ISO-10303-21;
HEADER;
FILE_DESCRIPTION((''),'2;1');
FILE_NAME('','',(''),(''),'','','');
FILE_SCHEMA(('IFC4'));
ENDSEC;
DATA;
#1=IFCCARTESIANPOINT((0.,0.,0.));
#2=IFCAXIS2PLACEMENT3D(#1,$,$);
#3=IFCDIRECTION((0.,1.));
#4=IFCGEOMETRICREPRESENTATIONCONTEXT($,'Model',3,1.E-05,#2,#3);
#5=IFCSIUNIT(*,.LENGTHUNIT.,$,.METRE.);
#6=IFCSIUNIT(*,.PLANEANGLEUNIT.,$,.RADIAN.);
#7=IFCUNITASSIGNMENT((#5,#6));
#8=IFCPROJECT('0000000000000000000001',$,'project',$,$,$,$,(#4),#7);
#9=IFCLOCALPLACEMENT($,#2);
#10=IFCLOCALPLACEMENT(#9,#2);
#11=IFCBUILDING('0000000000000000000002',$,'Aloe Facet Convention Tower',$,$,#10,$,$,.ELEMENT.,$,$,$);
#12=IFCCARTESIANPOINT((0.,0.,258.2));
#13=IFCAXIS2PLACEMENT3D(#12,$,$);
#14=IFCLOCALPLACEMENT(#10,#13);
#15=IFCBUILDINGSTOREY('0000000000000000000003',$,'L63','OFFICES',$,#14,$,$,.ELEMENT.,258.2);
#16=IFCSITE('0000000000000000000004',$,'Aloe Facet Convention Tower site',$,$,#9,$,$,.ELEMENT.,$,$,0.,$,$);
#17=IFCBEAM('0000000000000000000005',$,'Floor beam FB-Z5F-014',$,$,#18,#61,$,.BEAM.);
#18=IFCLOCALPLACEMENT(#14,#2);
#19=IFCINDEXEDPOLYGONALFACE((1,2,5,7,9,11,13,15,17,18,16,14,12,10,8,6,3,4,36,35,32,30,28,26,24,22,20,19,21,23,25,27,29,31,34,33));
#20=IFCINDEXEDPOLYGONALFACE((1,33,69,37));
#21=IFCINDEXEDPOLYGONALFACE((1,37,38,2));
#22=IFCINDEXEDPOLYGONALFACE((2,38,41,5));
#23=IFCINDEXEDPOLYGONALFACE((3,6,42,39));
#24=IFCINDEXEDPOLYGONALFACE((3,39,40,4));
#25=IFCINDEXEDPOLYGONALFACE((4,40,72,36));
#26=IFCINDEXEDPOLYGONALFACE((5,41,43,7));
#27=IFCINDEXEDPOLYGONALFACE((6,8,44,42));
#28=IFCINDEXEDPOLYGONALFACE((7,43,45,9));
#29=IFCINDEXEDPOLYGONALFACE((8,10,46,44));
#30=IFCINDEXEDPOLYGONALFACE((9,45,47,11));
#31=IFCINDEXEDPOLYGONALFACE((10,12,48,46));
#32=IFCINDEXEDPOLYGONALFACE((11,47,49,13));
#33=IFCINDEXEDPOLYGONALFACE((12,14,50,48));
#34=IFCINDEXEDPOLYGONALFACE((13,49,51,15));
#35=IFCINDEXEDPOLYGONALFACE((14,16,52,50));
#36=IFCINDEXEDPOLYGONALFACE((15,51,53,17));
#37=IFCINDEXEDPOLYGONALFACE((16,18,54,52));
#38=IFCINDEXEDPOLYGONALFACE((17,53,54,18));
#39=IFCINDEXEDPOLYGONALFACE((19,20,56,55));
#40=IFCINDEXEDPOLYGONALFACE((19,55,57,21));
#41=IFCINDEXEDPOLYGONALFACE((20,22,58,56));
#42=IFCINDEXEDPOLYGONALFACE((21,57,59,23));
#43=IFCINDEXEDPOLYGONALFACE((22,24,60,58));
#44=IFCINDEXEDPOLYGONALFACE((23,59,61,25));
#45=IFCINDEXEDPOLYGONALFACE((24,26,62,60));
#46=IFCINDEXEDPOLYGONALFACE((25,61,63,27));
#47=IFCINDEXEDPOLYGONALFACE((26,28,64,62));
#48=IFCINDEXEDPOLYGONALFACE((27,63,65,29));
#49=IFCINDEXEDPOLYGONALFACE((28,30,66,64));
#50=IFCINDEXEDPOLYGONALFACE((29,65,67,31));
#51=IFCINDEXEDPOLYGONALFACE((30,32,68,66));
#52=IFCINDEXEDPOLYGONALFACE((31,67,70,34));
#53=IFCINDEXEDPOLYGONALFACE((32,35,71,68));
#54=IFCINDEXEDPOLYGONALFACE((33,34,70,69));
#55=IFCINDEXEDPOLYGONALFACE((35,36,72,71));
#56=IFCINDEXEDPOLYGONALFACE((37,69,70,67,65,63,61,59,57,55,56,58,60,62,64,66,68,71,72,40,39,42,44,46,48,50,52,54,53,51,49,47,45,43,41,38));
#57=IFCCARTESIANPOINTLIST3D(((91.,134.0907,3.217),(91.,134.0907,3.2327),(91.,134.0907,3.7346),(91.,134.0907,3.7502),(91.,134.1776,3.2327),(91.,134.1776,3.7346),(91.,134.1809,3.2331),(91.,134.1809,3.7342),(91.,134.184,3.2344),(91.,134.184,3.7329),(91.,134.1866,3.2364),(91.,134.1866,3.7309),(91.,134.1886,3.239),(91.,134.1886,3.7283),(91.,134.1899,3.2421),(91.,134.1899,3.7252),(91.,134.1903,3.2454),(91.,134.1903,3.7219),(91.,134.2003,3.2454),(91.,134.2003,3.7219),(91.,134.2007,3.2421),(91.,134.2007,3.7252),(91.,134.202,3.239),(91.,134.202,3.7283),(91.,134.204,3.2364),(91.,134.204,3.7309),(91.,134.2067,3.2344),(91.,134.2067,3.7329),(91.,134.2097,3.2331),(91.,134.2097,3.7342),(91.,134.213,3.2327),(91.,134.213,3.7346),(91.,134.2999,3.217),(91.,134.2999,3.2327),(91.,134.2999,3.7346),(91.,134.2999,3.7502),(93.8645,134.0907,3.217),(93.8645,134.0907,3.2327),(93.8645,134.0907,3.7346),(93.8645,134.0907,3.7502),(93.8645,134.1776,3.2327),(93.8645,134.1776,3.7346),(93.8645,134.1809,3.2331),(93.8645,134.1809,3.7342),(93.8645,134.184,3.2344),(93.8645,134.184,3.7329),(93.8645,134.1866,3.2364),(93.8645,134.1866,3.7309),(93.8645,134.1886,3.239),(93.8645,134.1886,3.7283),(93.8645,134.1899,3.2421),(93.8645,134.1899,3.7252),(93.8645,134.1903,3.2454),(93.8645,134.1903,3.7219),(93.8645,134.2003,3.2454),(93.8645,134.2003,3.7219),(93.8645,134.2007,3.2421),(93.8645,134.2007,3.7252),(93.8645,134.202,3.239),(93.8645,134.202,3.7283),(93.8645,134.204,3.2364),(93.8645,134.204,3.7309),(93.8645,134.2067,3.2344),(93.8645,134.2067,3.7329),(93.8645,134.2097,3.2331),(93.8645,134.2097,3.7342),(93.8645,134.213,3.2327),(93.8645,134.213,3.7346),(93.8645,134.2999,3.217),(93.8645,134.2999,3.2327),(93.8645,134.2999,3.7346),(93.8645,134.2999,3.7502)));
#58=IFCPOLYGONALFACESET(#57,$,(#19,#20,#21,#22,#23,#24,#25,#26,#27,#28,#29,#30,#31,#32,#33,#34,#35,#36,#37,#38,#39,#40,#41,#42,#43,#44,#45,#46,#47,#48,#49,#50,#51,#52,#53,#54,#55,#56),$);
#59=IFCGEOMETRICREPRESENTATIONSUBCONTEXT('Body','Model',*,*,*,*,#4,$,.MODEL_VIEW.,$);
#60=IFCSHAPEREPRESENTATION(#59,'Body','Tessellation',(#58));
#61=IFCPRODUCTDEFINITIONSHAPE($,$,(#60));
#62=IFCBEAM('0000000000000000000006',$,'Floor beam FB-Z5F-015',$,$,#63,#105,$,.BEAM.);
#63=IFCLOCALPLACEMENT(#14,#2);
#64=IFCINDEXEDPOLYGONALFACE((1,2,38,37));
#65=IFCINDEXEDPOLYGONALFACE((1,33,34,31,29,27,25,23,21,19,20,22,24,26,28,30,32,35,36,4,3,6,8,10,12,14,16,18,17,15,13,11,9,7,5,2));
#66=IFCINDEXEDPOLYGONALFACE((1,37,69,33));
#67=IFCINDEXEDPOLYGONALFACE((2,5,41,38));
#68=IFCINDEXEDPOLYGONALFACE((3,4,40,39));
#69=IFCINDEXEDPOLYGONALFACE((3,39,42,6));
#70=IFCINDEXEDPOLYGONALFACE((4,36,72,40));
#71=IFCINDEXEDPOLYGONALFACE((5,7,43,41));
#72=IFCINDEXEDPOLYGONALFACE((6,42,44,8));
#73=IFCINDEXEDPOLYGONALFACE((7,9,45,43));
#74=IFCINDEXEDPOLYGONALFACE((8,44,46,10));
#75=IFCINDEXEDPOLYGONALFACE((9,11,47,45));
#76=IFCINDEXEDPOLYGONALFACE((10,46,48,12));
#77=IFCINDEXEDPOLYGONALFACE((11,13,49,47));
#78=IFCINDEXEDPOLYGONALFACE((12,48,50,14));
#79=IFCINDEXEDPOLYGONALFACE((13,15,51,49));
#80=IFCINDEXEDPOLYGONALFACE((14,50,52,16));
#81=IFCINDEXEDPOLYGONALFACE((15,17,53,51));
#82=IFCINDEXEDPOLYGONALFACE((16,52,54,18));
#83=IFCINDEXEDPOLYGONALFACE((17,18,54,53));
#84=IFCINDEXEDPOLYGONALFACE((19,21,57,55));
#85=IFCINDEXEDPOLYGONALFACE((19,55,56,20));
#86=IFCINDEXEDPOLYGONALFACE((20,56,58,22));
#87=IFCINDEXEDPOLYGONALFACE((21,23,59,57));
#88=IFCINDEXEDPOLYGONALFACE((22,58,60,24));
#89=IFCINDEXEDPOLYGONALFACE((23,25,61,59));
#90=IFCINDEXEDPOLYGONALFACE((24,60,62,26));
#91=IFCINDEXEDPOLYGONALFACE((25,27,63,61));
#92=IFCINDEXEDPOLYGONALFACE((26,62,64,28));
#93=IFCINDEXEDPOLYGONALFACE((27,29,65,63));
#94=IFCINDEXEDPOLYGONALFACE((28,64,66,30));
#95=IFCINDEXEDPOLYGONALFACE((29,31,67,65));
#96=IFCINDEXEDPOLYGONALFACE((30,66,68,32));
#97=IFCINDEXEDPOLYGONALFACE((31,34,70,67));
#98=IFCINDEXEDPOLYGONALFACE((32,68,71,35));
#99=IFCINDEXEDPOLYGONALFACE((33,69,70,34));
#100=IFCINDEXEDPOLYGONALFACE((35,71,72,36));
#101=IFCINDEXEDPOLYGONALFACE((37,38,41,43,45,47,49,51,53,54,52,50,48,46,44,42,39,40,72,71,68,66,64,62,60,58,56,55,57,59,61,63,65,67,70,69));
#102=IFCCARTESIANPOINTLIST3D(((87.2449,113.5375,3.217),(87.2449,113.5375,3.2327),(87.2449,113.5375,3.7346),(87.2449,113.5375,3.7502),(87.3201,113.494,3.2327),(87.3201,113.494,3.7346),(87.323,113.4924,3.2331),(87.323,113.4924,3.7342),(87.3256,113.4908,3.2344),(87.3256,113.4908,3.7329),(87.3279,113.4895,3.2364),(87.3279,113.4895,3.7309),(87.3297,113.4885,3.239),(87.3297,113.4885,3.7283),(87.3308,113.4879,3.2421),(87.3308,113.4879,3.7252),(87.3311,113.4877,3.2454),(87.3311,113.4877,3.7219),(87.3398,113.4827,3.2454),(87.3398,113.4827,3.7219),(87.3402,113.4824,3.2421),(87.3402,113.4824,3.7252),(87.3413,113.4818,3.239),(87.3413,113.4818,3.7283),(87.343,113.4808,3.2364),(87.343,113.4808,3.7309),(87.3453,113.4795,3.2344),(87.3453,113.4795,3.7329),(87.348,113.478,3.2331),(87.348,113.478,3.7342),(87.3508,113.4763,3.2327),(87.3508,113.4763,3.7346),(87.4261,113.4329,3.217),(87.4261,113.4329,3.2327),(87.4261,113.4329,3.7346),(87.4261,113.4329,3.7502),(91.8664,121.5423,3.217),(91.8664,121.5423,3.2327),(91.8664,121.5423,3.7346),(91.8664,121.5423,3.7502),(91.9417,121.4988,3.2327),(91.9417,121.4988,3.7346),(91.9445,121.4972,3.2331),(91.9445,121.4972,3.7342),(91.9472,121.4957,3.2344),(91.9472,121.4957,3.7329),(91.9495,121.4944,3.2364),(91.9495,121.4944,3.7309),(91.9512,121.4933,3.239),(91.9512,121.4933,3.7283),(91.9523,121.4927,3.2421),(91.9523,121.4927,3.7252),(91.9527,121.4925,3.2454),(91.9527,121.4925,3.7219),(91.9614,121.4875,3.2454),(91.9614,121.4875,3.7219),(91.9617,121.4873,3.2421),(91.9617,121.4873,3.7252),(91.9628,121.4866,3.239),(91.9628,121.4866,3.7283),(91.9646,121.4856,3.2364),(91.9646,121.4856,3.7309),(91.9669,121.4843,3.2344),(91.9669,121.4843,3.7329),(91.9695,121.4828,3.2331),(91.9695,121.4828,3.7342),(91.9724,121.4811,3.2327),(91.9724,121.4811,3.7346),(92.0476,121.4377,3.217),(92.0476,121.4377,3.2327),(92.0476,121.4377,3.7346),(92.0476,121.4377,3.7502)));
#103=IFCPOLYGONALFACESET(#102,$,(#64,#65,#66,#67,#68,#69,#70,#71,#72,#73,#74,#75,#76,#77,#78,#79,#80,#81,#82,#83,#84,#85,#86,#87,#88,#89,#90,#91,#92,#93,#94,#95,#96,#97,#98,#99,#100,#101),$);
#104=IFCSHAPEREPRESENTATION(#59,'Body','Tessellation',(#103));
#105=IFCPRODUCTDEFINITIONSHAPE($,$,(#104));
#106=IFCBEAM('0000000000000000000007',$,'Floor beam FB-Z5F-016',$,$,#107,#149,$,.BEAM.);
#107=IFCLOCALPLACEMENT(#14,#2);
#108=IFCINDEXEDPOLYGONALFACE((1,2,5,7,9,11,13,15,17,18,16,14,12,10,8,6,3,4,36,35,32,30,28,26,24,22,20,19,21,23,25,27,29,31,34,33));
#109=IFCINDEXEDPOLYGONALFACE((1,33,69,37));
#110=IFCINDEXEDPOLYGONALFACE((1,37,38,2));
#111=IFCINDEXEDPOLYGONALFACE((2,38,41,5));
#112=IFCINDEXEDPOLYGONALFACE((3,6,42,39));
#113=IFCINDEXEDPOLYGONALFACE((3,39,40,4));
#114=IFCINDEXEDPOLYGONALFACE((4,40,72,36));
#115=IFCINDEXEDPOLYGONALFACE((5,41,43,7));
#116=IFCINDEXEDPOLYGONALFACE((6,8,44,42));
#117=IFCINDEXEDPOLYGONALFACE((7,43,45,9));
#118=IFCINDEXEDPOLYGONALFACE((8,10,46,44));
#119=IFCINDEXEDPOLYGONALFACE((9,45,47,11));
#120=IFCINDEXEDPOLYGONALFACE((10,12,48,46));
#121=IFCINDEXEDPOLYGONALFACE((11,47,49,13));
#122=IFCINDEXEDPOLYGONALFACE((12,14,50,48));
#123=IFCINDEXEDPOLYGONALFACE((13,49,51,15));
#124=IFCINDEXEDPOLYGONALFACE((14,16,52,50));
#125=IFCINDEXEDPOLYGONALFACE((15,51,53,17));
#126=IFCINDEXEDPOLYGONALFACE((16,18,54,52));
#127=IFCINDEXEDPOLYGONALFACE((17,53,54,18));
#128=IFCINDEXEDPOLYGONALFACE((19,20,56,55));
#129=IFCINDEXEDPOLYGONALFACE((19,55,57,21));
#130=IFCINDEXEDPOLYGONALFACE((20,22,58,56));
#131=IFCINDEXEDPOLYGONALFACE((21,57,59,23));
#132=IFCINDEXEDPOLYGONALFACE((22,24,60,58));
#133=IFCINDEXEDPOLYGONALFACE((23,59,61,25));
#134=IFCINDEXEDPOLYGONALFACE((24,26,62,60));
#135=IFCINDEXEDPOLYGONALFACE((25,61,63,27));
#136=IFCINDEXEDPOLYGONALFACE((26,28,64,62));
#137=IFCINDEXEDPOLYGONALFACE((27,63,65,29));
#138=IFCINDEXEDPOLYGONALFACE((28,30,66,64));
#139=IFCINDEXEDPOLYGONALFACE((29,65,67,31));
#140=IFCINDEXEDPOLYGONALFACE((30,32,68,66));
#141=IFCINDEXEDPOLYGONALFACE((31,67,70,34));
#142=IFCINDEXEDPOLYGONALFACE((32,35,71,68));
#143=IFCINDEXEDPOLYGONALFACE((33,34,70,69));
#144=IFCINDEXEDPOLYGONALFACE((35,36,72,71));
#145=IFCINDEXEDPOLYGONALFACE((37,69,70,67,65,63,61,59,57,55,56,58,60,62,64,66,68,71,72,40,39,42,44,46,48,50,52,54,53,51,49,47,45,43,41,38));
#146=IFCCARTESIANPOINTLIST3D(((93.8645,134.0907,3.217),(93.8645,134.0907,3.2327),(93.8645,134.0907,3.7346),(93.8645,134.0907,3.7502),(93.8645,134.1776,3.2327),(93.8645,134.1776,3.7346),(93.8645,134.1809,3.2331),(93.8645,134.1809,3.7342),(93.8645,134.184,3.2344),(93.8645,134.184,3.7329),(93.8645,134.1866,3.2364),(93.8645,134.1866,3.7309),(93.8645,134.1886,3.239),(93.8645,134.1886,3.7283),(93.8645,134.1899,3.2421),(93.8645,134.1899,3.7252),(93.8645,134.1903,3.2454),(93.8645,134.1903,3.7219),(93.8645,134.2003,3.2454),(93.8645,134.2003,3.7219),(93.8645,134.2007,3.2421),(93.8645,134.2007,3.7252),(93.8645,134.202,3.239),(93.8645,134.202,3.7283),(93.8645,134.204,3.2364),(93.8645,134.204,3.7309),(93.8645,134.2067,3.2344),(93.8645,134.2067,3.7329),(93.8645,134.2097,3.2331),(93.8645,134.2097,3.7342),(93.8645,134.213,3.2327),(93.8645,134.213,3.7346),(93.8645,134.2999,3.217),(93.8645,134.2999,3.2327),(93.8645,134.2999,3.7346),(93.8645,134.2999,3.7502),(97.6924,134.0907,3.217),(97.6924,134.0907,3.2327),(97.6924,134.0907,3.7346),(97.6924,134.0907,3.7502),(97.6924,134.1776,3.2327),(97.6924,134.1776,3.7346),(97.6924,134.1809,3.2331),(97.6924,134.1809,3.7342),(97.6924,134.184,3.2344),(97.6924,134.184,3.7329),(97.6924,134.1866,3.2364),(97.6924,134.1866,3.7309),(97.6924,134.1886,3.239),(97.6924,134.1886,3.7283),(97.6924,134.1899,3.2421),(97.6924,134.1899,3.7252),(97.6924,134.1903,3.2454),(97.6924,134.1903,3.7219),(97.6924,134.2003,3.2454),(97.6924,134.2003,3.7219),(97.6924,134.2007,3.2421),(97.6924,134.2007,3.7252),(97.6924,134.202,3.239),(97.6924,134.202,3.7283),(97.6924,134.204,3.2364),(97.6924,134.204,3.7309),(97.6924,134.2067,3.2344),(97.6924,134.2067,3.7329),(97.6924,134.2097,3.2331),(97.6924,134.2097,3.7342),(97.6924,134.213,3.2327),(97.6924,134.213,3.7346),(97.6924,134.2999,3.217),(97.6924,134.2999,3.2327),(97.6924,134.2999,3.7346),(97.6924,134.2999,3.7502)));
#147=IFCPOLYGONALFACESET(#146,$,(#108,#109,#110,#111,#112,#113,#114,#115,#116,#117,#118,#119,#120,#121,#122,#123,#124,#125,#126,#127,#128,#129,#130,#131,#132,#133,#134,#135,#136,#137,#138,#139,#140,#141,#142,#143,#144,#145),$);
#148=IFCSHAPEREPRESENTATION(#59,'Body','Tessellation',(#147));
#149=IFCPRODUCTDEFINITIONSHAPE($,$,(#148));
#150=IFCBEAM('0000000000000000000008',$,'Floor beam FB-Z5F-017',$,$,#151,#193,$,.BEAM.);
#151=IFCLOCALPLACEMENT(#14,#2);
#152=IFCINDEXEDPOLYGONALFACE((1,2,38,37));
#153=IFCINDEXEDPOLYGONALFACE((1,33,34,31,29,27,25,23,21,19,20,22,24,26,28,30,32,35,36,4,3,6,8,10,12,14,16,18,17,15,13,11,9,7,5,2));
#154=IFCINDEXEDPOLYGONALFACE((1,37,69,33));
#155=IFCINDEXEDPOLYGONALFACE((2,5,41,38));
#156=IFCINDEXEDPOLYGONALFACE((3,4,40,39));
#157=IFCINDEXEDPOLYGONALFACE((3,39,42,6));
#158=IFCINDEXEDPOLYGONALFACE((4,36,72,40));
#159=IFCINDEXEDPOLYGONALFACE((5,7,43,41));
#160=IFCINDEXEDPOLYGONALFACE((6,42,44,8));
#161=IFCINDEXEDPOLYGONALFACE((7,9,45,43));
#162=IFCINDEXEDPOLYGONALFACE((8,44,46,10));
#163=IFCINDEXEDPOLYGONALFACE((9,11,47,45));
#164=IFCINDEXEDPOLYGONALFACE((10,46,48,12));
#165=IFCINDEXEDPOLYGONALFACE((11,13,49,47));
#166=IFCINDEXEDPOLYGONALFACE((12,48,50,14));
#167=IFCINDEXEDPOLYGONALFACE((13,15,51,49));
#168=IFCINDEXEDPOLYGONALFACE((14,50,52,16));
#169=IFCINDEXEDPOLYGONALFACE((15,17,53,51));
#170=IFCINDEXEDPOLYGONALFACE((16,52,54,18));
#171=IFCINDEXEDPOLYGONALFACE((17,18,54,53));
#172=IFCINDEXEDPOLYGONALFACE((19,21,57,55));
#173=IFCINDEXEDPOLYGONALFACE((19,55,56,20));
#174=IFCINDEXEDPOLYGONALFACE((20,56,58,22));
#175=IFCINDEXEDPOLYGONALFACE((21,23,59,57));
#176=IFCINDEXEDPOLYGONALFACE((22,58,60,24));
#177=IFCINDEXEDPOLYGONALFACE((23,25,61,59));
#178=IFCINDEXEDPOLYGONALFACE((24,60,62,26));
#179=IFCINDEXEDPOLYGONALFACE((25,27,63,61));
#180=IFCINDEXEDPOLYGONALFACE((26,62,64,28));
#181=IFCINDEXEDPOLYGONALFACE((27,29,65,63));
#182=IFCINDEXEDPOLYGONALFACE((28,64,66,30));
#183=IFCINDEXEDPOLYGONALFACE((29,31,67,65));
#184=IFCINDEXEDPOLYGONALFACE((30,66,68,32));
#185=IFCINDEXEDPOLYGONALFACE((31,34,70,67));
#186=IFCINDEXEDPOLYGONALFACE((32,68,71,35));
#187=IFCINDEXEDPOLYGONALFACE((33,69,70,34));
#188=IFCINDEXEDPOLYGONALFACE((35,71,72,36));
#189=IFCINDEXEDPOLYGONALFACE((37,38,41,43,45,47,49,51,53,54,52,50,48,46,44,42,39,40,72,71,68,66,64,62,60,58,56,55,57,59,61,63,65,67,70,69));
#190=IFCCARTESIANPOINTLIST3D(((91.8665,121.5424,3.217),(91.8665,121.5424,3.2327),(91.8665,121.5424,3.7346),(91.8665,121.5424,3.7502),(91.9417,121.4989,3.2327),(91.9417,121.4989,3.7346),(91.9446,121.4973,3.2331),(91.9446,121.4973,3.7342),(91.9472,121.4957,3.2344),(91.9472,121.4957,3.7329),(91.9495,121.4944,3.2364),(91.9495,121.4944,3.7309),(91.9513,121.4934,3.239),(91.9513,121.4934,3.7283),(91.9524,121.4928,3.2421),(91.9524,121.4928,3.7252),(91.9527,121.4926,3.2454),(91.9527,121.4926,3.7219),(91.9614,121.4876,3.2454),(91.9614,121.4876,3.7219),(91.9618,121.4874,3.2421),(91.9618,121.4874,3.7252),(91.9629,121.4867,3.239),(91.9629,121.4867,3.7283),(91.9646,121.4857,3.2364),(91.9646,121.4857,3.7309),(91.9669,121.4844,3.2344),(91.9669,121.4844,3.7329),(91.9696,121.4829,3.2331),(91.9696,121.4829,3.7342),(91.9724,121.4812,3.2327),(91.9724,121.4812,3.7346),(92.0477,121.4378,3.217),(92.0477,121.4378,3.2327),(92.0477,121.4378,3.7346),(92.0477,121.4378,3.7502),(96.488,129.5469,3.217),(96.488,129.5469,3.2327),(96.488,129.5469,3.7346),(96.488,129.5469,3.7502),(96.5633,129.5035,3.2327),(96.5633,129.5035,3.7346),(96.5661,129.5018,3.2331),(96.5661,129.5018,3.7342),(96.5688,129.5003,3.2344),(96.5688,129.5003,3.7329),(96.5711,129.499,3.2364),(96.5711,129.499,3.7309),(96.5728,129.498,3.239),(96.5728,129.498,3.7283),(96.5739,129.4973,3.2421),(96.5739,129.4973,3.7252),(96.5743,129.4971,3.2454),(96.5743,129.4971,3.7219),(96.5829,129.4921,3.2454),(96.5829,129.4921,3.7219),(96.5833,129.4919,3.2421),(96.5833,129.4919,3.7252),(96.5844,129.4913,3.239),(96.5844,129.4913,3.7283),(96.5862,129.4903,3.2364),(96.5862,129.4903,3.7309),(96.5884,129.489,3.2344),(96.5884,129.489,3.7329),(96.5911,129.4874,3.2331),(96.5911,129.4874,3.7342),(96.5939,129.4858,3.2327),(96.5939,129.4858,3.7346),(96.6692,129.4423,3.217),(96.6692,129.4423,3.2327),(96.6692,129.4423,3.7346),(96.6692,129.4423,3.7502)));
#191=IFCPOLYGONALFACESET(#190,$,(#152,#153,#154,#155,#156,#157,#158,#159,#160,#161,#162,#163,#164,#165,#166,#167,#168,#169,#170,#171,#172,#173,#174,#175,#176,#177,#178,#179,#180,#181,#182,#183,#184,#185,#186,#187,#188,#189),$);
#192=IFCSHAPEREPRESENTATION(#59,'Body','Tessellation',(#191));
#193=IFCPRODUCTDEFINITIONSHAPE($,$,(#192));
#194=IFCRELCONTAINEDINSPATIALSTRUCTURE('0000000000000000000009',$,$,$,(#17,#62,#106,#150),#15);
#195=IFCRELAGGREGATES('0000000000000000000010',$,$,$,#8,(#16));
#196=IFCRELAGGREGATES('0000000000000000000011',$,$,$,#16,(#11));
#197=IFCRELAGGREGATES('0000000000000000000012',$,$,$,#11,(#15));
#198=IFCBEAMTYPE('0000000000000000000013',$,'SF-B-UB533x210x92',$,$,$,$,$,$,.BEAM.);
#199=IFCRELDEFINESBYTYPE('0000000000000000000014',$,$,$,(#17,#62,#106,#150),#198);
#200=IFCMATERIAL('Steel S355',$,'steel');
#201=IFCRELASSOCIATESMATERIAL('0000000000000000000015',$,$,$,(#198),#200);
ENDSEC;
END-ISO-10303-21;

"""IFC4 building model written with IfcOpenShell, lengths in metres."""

from ifc_helpers import new_model, si_unit, direction, frame, origin, origin_2d, place, context, subcontext, project, spatial, i_section, extrude, material, material_profile, profile_set, type_object, element, save


model = new_model("IFC4")

# Units and contexts
model_context = context("Model", 3, precision=1e-05, world=origin(), true_north=direction((0.0, 1.0)))
body_context = subcontext(model_context, "Body", "Model", "MODEL_VIEW")
ifc_project = project(units=[si_unit("LENGTHUNIT", "METRE"), si_unit("PLANEANGLEUNIT", "RADIAN")], contexts=[model_context])

# Site, building, storey
site_placement = place(None, origin())
site = spatial("IfcSite", under=ifc_project, at=site_placement, Name="Aloe Facet Convention Tower site", CompositionType="ELEMENT", RefElevation=0.0)
building_placement = place(site_placement, origin())
building = spatial("IfcBuilding", under=site, at=building_placement, Name="Aloe Facet Convention Tower", CompositionType="ELEMENT")
storey_placement = place(building_placement, frame((0.0, 0.0, 258.2)))
storey = spatial("IfcBuildingStorey", under=building, at=storey_placement, Name="L63", Description="OFFICES", CompositionType="ELEMENT", Elevation=258.2)

# Beams
ifc_material_1 = material(Name="Steel S355", Category="steel")
ifc_material_profile_1 = material_profile(ifc_material_1, i_section(OverallWidth=0.2092, OverallDepth=0.5332, WebThickness=0.01, FlangeThickness=0.0156, FilletRadius=0.0127, at=origin_2d()), Name="UB 533x210x92")
ifc_profile_set_1 = profile_set([ifc_material_profile_1], Name="Steel S355")
beam_type_1 = type_object("IfcBeamType", Name="SF-B-UB533x210x92", PredefinedType="BEAM", material=ifc_profile_set_1)
beam_1_placement = place(storey_placement, frame((91.0, 134.1953, 3.4836), z_axis=(1.0, 0.0, 0.0), x_axis=(0.0, 1.0, 0.0)))
element("IfcBeam", 1, at=beam_1_placement, inside=storey, type_object=beam_type_1, Name="Floor beam FB-Z5F-014", PredefinedType="BEAM", context=body_context, shape_type="SweptSolid", body=[
    extrude(i_section(OverallWidth=0.2092, OverallDepth=0.5332, WebThickness=0.01, FlangeThickness=0.0156, FilletRadius=0.0127, at=origin_2d()), origin(), (0.0, 0.0, 1.0), 2.8645),
])
beam_2_placement = place(storey_placement, frame((91.957, 121.49, 3.4836), z_axis=(-0.499997, -0.866027, 0.0), x_axis=(0.866027, -0.499997, 0.0)))
element("IfcBeam", 2, at=beam_2_placement, inside=storey, type_object=beam_type_1, Name="Floor beam FB-Z5F-015", PredefinedType="BEAM", context=body_context, shape_type="SweptSolid", body=[
    extrude(i_section(OverallWidth=0.2092, OverallDepth=0.5332, WebThickness=0.01, FlangeThickness=0.0156, FilletRadius=0.0127, at=origin_2d()), origin(), (0.0, 0.0, 1.0), 9.2432),
])
beam_3_placement = place(storey_placement, frame((93.8645, 134.1953, 3.4836), z_axis=(1.0, 0.0, 0.0), x_axis=(0.0, 1.0, 0.0)))
element("IfcBeam", 3, at=beam_3_placement, inside=storey, type_object=beam_type_1, Name="Floor beam FB-Z5F-016", PredefinedType="BEAM", context=body_context, shape_type="SweptSolid", body=[
    extrude(i_section(OverallWidth=0.2092, OverallDepth=0.5332, WebThickness=0.01, FlangeThickness=0.0156, FilletRadius=0.0127, at=origin_2d()), origin(), (0.0, 0.0, 1.0), 3.8279),
])
beam_4_placement = place(storey_placement, frame((96.5786, 129.4946, 3.4836), z_axis=(-0.500008, -0.866021, 0.0), x_axis=(0.866021, -0.500008, 0.0)))
element("IfcBeam", 4, at=beam_4_placement, inside=storey, type_object=beam_type_1, Name="Floor beam FB-Z5F-017", PredefinedType="BEAM", context=body_context, shape_type="SweptSolid", body=[
    extrude(i_section(OverallWidth=0.2092, OverallDepth=0.5332, WebThickness=0.01, FlangeThickness=0.0156, FilletRadius=0.0127, at=origin_2d()), origin(), (0.0, 0.0, 1.0), 9.2429),
])

save(model, "model.ifc")
